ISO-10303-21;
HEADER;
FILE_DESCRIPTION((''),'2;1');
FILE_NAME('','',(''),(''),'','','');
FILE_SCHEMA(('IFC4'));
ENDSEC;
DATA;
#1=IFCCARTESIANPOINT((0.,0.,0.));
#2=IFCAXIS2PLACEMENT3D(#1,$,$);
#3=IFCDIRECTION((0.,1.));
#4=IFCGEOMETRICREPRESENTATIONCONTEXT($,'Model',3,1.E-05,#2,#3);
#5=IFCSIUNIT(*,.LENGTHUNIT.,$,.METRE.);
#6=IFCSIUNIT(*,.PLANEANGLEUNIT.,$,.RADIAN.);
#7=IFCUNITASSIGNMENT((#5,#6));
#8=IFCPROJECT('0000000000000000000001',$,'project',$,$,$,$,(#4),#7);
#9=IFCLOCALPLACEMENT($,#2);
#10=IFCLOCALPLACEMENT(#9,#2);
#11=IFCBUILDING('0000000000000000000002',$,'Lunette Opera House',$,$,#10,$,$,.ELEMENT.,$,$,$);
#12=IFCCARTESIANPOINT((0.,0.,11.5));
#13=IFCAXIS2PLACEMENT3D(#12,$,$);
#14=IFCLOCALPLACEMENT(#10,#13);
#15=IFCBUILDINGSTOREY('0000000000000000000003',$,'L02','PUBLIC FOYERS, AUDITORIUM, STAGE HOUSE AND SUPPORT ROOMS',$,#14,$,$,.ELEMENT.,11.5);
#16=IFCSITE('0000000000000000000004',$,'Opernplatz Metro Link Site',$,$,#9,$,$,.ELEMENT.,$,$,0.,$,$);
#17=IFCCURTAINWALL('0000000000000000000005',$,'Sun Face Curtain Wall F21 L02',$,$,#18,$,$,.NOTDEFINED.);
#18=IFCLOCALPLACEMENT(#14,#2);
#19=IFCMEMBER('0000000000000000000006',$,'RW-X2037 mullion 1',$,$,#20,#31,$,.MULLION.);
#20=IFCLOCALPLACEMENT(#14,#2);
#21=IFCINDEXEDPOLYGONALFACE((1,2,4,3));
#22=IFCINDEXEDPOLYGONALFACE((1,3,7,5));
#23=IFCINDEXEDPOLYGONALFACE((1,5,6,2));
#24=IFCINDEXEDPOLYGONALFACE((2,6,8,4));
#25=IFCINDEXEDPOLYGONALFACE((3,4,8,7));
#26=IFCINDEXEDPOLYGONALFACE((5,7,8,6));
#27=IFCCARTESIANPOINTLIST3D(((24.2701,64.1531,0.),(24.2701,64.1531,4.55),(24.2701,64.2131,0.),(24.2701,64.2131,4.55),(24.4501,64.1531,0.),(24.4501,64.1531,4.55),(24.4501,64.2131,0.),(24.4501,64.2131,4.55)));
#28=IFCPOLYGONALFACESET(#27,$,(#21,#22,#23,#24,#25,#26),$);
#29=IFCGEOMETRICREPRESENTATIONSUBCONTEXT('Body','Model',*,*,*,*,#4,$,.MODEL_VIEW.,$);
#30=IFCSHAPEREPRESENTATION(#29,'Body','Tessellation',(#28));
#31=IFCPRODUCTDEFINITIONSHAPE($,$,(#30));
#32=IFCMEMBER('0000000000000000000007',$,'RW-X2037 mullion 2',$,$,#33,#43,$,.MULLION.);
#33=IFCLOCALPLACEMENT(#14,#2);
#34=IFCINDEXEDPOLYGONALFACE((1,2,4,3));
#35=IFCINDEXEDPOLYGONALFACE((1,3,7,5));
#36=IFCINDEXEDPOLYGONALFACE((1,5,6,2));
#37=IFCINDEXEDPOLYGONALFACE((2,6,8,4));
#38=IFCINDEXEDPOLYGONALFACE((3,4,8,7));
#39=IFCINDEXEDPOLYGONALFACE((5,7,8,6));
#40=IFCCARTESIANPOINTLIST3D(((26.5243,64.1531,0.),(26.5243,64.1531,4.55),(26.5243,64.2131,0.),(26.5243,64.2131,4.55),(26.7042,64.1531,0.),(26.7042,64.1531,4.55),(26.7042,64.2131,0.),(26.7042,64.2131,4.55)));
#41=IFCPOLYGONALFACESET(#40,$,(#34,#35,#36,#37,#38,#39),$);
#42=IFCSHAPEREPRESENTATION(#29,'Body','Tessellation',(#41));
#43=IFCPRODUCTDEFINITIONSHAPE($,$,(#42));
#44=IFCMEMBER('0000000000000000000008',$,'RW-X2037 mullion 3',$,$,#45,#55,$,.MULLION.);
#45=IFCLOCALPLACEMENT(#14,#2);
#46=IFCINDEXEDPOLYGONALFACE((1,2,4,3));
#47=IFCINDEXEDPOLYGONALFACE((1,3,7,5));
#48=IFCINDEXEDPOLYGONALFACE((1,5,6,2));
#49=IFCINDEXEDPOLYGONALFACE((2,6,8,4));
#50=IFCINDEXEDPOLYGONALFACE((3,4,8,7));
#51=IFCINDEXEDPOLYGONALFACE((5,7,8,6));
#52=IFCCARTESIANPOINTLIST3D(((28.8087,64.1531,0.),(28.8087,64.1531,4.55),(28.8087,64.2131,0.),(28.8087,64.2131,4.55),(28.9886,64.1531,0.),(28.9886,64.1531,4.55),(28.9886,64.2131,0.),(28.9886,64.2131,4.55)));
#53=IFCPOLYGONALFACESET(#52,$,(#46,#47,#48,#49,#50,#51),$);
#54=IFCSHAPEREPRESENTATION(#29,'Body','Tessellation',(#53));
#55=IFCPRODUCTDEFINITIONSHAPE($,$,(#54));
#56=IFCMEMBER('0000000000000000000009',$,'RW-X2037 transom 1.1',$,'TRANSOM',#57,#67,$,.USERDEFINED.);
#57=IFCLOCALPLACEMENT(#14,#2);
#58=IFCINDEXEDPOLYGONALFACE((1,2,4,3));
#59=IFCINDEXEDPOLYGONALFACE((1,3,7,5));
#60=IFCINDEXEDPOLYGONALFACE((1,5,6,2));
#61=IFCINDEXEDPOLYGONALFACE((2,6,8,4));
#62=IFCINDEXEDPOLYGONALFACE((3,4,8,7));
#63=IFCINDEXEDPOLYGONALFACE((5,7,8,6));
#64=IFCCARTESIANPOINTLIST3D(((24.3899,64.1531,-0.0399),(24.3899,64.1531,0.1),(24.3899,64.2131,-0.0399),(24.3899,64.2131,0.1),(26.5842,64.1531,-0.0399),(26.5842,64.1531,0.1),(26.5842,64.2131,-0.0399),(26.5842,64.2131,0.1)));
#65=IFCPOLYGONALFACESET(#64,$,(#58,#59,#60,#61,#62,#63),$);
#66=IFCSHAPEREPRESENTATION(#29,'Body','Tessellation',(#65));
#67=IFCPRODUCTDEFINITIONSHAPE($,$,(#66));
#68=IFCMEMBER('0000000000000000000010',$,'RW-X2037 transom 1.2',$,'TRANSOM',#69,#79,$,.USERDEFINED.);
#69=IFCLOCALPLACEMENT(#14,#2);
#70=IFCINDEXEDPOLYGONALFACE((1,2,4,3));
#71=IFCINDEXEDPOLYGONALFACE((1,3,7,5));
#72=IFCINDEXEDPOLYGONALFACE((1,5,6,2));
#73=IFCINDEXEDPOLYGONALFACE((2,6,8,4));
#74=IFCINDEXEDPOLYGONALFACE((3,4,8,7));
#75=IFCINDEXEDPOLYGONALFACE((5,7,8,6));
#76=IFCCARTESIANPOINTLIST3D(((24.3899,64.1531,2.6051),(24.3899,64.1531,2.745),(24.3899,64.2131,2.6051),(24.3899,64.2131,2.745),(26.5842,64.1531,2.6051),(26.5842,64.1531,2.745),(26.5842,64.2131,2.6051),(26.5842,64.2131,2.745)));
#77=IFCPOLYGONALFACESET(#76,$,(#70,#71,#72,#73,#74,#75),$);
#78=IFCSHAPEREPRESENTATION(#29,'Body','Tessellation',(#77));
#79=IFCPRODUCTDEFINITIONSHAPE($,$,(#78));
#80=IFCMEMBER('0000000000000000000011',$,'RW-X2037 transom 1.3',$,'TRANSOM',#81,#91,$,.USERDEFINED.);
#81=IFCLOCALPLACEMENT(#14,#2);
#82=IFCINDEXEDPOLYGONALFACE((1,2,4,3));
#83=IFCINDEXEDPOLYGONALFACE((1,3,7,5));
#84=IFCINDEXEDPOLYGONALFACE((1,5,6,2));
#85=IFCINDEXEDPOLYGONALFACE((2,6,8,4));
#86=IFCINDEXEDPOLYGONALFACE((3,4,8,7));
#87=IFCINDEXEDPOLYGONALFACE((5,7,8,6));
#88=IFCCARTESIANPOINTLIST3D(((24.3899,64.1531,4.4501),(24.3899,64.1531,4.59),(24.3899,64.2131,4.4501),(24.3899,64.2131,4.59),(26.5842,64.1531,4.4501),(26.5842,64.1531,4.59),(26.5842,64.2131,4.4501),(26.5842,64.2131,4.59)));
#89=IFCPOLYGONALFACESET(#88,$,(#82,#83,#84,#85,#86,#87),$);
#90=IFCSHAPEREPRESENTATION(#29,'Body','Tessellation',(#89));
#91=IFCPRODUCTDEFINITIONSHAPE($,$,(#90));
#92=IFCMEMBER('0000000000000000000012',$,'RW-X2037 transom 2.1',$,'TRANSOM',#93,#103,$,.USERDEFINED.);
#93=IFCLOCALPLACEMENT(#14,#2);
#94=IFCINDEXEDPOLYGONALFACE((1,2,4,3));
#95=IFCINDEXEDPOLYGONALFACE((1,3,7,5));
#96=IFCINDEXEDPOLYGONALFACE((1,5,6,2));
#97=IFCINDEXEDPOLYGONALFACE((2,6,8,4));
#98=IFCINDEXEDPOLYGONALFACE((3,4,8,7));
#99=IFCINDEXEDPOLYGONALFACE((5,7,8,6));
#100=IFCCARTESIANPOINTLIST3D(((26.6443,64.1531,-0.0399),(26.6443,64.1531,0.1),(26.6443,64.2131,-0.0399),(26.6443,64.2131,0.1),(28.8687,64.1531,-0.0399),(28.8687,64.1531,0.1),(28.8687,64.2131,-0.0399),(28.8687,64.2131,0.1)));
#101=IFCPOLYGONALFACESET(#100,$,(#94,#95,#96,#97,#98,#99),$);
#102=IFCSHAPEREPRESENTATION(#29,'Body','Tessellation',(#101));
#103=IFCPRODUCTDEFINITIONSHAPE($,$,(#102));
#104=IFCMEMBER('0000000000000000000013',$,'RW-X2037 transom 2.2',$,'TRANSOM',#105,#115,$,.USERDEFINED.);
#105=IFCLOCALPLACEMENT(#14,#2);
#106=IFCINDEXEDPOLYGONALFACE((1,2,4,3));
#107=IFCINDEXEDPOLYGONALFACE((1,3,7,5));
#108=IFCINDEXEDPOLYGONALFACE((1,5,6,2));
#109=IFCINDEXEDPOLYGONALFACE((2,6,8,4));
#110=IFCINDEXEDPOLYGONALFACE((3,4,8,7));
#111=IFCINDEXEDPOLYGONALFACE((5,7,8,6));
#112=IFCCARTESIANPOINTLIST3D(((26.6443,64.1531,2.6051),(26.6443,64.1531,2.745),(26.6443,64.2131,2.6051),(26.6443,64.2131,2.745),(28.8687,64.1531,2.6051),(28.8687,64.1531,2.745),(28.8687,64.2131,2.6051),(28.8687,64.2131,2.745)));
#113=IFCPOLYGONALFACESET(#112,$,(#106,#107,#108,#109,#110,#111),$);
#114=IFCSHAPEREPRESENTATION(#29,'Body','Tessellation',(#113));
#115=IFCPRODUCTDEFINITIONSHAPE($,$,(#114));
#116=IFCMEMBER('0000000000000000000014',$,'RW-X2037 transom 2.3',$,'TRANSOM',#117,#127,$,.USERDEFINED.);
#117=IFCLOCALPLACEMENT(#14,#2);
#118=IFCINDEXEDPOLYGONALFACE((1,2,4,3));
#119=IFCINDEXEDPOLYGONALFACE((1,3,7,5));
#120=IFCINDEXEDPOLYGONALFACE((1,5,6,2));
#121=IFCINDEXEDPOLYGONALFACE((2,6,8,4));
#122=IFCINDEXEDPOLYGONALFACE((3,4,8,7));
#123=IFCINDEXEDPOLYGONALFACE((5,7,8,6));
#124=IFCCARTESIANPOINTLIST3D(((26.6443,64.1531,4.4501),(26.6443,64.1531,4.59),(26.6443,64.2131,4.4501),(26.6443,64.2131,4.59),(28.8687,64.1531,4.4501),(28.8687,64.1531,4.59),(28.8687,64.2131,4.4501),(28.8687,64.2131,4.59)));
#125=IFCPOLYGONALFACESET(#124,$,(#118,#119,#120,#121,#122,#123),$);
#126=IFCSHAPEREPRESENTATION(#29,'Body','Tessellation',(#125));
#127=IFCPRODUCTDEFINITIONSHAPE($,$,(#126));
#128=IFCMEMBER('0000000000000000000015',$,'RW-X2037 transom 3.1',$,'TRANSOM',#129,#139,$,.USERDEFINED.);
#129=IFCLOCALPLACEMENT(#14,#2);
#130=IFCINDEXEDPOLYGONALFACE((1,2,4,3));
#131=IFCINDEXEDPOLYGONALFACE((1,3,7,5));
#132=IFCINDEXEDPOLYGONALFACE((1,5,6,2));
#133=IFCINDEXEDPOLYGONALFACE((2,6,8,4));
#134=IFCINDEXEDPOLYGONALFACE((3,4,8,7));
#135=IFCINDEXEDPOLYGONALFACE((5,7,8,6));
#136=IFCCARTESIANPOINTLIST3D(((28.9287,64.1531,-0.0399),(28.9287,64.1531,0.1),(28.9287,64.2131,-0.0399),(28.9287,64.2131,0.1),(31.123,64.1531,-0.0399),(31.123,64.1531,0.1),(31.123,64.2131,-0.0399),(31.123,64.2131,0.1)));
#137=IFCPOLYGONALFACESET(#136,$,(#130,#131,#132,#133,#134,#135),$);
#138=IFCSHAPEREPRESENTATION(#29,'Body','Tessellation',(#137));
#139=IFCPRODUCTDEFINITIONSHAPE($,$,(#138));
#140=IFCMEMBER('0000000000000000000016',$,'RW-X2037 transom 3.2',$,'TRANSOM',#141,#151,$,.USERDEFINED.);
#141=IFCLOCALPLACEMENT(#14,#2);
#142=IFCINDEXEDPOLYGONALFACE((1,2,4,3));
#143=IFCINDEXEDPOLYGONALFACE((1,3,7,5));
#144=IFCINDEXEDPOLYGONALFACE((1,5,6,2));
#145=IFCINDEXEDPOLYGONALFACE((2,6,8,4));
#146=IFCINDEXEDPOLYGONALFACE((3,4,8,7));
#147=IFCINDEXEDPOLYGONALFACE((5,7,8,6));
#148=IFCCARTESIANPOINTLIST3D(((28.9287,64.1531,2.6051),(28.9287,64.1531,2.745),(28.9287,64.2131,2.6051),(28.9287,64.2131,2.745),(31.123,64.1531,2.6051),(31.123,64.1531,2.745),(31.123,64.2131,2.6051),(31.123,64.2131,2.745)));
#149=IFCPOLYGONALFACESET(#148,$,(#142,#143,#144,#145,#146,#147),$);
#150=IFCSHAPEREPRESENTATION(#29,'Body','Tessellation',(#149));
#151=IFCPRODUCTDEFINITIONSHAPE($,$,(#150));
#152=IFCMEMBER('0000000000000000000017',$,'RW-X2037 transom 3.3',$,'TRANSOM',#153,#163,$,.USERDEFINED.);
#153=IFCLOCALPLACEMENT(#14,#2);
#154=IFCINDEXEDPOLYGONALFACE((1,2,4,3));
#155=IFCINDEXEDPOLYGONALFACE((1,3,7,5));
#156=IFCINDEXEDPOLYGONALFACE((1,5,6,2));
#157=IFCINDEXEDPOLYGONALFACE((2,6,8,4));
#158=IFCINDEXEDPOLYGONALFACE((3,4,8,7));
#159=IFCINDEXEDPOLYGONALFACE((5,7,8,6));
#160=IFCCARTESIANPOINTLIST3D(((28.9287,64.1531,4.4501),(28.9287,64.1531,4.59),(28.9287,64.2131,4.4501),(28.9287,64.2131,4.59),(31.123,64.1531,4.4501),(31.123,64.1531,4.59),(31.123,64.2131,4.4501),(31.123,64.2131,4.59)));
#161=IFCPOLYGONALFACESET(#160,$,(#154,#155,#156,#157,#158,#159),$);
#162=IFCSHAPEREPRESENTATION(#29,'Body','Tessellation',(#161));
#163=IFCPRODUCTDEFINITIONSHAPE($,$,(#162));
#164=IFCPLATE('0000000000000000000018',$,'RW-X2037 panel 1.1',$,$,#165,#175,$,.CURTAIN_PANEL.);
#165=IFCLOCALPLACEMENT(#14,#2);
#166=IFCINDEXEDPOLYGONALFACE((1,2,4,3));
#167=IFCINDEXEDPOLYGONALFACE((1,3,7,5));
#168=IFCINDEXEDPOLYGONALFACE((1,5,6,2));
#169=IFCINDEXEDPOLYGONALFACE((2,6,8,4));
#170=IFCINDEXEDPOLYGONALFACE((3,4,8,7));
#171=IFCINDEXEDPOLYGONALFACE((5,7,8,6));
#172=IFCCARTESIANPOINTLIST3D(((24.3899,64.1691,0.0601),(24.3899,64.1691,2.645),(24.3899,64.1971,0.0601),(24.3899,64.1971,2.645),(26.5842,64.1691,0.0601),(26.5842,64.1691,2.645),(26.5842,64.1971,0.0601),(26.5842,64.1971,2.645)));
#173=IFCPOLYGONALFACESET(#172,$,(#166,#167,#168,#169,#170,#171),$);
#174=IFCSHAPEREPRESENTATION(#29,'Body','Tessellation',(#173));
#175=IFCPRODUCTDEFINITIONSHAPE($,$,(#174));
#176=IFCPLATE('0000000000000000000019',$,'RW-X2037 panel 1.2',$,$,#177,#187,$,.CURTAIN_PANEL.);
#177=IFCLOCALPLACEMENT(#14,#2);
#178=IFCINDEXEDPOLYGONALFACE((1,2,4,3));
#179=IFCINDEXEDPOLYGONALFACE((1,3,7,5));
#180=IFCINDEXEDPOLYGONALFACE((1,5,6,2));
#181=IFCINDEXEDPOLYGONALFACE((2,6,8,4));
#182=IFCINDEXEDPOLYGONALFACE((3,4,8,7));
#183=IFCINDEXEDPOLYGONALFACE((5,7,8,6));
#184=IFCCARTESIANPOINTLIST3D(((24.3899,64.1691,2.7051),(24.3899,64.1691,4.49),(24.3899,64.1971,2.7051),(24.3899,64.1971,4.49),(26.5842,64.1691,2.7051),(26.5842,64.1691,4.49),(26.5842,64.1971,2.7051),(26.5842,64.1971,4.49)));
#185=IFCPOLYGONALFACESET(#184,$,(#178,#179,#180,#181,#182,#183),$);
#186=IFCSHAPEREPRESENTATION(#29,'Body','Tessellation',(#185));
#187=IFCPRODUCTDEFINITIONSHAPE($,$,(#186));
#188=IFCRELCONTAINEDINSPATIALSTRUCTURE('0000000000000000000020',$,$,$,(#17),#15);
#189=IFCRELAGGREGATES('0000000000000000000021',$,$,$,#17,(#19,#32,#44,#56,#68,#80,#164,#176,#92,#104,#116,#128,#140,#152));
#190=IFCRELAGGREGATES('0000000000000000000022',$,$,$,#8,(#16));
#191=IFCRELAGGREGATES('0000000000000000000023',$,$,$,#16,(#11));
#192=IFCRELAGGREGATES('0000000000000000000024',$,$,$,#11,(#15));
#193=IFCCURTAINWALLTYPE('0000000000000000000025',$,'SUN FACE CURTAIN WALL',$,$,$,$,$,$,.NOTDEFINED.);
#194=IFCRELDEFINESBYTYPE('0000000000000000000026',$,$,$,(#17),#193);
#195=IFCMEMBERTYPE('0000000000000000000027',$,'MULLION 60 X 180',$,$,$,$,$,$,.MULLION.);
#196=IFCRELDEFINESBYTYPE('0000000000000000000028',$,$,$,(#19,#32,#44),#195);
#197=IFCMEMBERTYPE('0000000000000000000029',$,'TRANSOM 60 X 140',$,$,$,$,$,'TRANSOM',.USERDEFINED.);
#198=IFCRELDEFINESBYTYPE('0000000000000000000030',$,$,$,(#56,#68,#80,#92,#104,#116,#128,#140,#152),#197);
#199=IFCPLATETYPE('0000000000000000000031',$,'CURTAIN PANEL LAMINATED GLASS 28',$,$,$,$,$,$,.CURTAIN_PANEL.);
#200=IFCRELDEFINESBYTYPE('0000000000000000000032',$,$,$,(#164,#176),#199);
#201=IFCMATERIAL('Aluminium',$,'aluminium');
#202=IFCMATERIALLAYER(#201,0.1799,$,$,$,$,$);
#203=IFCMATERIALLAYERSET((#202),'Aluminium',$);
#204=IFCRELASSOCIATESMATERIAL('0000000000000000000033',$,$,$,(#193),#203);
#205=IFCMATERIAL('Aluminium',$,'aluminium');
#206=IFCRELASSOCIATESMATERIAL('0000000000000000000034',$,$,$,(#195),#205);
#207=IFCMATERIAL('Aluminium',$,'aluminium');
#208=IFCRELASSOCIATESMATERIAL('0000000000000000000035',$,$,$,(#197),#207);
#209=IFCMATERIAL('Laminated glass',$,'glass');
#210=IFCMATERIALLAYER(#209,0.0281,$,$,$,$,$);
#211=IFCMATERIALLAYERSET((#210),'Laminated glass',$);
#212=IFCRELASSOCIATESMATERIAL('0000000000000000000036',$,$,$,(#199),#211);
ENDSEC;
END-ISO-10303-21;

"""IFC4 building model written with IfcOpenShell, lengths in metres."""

from ifc_helpers import new_model, si_unit, direction, frame, origin, origin_2d, place, context, subcontext, project, spatial, rectangle, extrude, material, layer, layer_set, material_profile, profile_set, type_object, element, aggregate, save


model = new_model("IFC4")

# Units and contexts
model_context = context("Model", 3, precision=1e-05, world=origin(), true_north=direction((0.0, 1.0)))
body_context = subcontext(model_context, "Body", "Model", "MODEL_VIEW")
ifc_project = project(units=[si_unit("LENGTHUNIT", "METRE"), si_unit("PLANEANGLEUNIT", "RADIAN")], contexts=[model_context])

# Site, building, storey
site_placement = place(None, origin())
site = spatial("IfcSite", under=ifc_project, at=site_placement, Name="Opernplatz Metro Link Site", CompositionType="ELEMENT", RefElevation=0.0)
building_placement = place(site_placement, origin())
building = spatial("IfcBuilding", under=site, at=building_placement, Name="Lunette Opera House", CompositionType="ELEMENT")
storey_placement = place(building_placement, frame((0.0, 0.0, 11.5)))
storey = spatial("IfcBuildingStorey", under=building, at=storey_placement, Name="L02", Description="PUBLIC FOYERS, AUDITORIUM, STAGE HOUSE AND SUPPORT ROOMS", CompositionType="ELEMENT", Elevation=11.5)

# Curtain wall, members, plates
ifc_material_1 = material(Name="Aluminium", Category="aluminium")
ifc_layer_1 = layer(ifc_material_1, 0.1799)
ifc_layer_set_1 = layer_set([ifc_layer_1], Name="Aluminium")
curtain_wall_type = type_object("IfcCurtainWallType", Name="SUN FACE CURTAIN WALL", PredefinedType="NOTDEFINED", material=ifc_layer_set_1)
curtain_wall_placement = place(storey_placement, origin())
curtain_wall = element("IfcCurtainWall", 1, at=curtain_wall_placement, inside=storey, type_object=curtain_wall_type, Name="Sun Face Curtain Wall F21 L02", PredefinedType="NOTDEFINED")
ifc_material_2 = material(Name="Aluminium", Category="aluminium")
ifc_material_profile_1 = material_profile(ifc_material_2, rectangle(XDim=0.0601, YDim=0.1799, at=origin_2d()), Name="MULLION 60 X 180")
ifc_profile_set_1 = profile_set([ifc_material_profile_1], Name="Aluminium")
member_type_1 = type_object("IfcMemberType", Name="MULLION 60 X 180", PredefinedType="MULLION", material=ifc_profile_set_1)
member_1_placement = place(storey_placement, frame((24.3601, 64.1831, 0.0), z_axis=(0.0, 0.0, 1.0), x_axis=(0.0, 1.0, 0.0)))
member_1 = element("IfcMember", 2, at=member_1_placement, type_object=member_type_1, Name="RW-X2037 mullion 1", PredefinedType="MULLION", context=body_context, shape_type="SweptSolid", body=[
    extrude(rectangle(XDim=0.0601, YDim=0.1799, at=origin_2d()), origin(), (0.0, 0.0, 1.0), 4.55),
])
member_2_placement = place(storey_placement, frame((26.6143, 64.1831, 0.0), z_axis=(0.0, 0.0, 1.0), x_axis=(0.0, 1.0, 0.0)))
member_2 = element("IfcMember", 3, at=member_2_placement, type_object=member_type_1, Name="RW-X2037 mullion 2", PredefinedType="MULLION", context=body_context, shape_type="SweptSolid", body=[
    extrude(rectangle(XDim=0.0601, YDim=0.1799, at=origin_2d()), origin(), (0.0, 0.0, 1.0), 4.55),
])
member_3_placement = place(storey_placement, frame((28.8987, 64.1831, 0.0), z_axis=(0.0, 0.0, 1.0), x_axis=(0.0, 1.0, 0.0)))
member_3 = element("IfcMember", 4, at=member_3_placement, type_object=member_type_1, Name="RW-X2037 mullion 3", PredefinedType="MULLION", context=body_context, shape_type="SweptSolid", body=[
    extrude(rectangle(XDim=0.0601, YDim=0.1799, at=origin_2d()), origin(), (0.0, 0.0, 1.0), 4.55),
])
ifc_material_3 = material(Name="Aluminium", Category="aluminium")
ifc_material_profile_2 = material_profile(ifc_material_3, rectangle(XDim=0.0601, YDim=0.1399, at=origin_2d()), Name="TRANSOM 60 X 140")
ifc_profile_set_2 = profile_set([ifc_material_profile_2], Name="Aluminium")
member_type_2 = type_object("IfcMemberType", Name="TRANSOM 60 X 140", ElementType="TRANSOM", PredefinedType="USERDEFINED", material=ifc_profile_set_2)
member_4_placement = place(storey_placement, frame((24.3899, 64.1831, 0.03), z_axis=(1.0, 0.0, 0.0), x_axis=(0.0, 1.0, 0.0)))
member_4 = element("IfcMember", 5, at=member_4_placement, type_object=member_type_2, Name="RW-X2037 transom 1.1", ObjectType="TRANSOM", PredefinedType="USERDEFINED", context=body_context, shape_type="SweptSolid", body=[
    extrude(rectangle(XDim=0.0601, YDim=0.1399, at=origin_2d()), origin(), (0.0, 0.0, 1.0), 2.1943),
])
member_5_placement = place(storey_placement, frame((24.3899, 64.1831, 2.675), z_axis=(1.0, 0.0, 0.0), x_axis=(0.0, 1.0, 0.0)))
member_5 = element("IfcMember", 6, at=member_5_placement, type_object=member_type_2, Name="RW-X2037 transom 1.2", ObjectType="TRANSOM", PredefinedType="USERDEFINED", context=body_context, shape_type="SweptSolid", body=[
    extrude(rectangle(XDim=0.0601, YDim=0.1399, at=origin_2d()), origin(), (0.0, 0.0, 1.0), 2.1943),
])
member_6_placement = place(storey_placement, frame((24.3899, 64.1831, 4.52), z_axis=(1.0, 0.0, 0.0), x_axis=(0.0, 1.0, 0.0)))
member_6 = element("IfcMember", 7, at=member_6_placement, type_object=member_type_2, Name="RW-X2037 transom 1.3", ObjectType="TRANSOM", PredefinedType="USERDEFINED", context=body_context, shape_type="SweptSolid", body=[
    extrude(rectangle(XDim=0.0601, YDim=0.1399, at=origin_2d()), origin(), (0.0, 0.0, 1.0), 2.1943),
])
member_7_placement = place(storey_placement, frame((26.6443, 64.1831, 0.03), z_axis=(1.0, 0.0, 0.0), x_axis=(0.0, 1.0, 0.0)))
member_7 = element("IfcMember", 8, at=member_7_placement, type_object=member_type_2, Name="RW-X2037 transom 2.1", ObjectType="TRANSOM", PredefinedType="USERDEFINED", context=body_context, shape_type="SweptSolid", body=[
    extrude(rectangle(XDim=0.0601, YDim=0.1399, at=origin_2d()), origin(), (0.0, 0.0, 1.0), 2.2244),
])
member_8_placement = place(storey_placement, frame((26.6443, 64.1831, 2.675), z_axis=(1.0, 0.0, 0.0), x_axis=(0.0, 1.0, 0.0)))
member_8 = element("IfcMember", 9, at=member_8_placement, type_object=member_type_2, Name="RW-X2037 transom 2.2", ObjectType="TRANSOM", PredefinedType="USERDEFINED", context=body_context, shape_type="SweptSolid", body=[
    extrude(rectangle(XDim=0.0601, YDim=0.1399, at=origin_2d()), origin(), (0.0, 0.0, 1.0), 2.2244),
])
member_9_placement = place(storey_placement, frame((26.6443, 64.1831, 4.52), z_axis=(1.0, 0.0, 0.0), x_axis=(0.0, 1.0, 0.0)))
member_9 = element("IfcMember", 10, at=member_9_placement, type_object=member_type_2, Name="RW-X2037 transom 2.3", ObjectType="TRANSOM", PredefinedType="USERDEFINED", context=body_context, shape_type="SweptSolid", body=[
    extrude(rectangle(XDim=0.0601, YDim=0.1399, at=origin_2d()), origin(), (0.0, 0.0, 1.0), 2.2244),
])
member_10_placement = place(storey_placement, frame((28.9287, 64.1831, 0.03), z_axis=(1.0, 0.0, 0.0), x_axis=(0.0, 1.0, 0.0)))
member_10 = element("IfcMember", 11, at=member_10_placement, type_object=member_type_2, Name="RW-X2037 transom 3.1", ObjectType="TRANSOM", PredefinedType="USERDEFINED", context=body_context, shape_type="SweptSolid", body=[
    extrude(rectangle(XDim=0.0601, YDim=0.1399, at=origin_2d()), origin(), (0.0, 0.0, 1.0), 2.1943),
])
member_11_placement = place(storey_placement, frame((28.9287, 64.1831, 2.675), z_axis=(1.0, 0.0, 0.0), x_axis=(0.0, 1.0, 0.0)))
member_11 = element("IfcMember", 12, at=member_11_placement, type_object=member_type_2, Name="RW-X2037 transom 3.2", ObjectType="TRANSOM", PredefinedType="USERDEFINED", context=body_context, shape_type="SweptSolid", body=[
    extrude(rectangle(XDim=0.0601, YDim=0.1399, at=origin_2d()), origin(), (0.0, 0.0, 1.0), 2.1943),
])
member_12_placement = place(storey_placement, frame((28.9287, 64.1831, 4.52), z_axis=(1.0, 0.0, 0.0), x_axis=(0.0, 1.0, 0.0)))
member_12 = element("IfcMember", 13, at=member_12_placement, type_object=member_type_2, Name="RW-X2037 transom 3.3", ObjectType="TRANSOM", PredefinedType="USERDEFINED", context=body_context, shape_type="SweptSolid", body=[
    extrude(rectangle(XDim=0.0601, YDim=0.1399, at=origin_2d()), origin(), (0.0, 0.0, 1.0), 2.1943),
])
ifc_material_4 = material(Name="Laminated glass", Category="glass")
ifc_layer_2 = layer(ifc_material_4, 0.0281)
ifc_layer_set_2 = layer_set([ifc_layer_2], Name="Laminated glass")
plate_type = type_object("IfcPlateType", Name="CURTAIN PANEL LAMINATED GLASS 28", PredefinedType="CURTAIN_PANEL", material=ifc_layer_set_2)
plate_1_placement = place(storey_placement, frame((25.4871, 64.1831, 0.0601), z_axis=(0.0, 0.0, 1.0), x_axis=(1.0, 0.0, 0.0)))
plate_1 = element("IfcPlate", 14, at=plate_1_placement, type_object=plate_type, Name="RW-X2037 panel 1.1", PredefinedType="CURTAIN_PANEL", context=body_context, shape_type="SweptSolid", body=[
    extrude(rectangle(XDim=2.1943, YDim=0.0281, at=origin_2d()), origin(), (0.0, 0.0, 1.0), 2.585),
])
plate_2_placement = place(storey_placement, frame((25.4871, 64.1831, 2.7051), z_axis=(0.0, 0.0, 1.0), x_axis=(1.0, 0.0, 0.0)))
plate_2 = element("IfcPlate", 15, at=plate_2_placement, type_object=plate_type, Name="RW-X2037 panel 1.2", PredefinedType="CURTAIN_PANEL", context=body_context, shape_type="SweptSolid", body=[
    extrude(rectangle(XDim=2.1943, YDim=0.0281, at=origin_2d()), origin(), (0.0, 0.0, 1.0), 1.7849),
])
aggregate(curtain_wall, [member_1, member_2, member_3, member_4, member_5, member_6, plate_1, plate_2, member_7, member_8, member_9, member_10, member_11, member_12])

save(model, "model.ifc")
